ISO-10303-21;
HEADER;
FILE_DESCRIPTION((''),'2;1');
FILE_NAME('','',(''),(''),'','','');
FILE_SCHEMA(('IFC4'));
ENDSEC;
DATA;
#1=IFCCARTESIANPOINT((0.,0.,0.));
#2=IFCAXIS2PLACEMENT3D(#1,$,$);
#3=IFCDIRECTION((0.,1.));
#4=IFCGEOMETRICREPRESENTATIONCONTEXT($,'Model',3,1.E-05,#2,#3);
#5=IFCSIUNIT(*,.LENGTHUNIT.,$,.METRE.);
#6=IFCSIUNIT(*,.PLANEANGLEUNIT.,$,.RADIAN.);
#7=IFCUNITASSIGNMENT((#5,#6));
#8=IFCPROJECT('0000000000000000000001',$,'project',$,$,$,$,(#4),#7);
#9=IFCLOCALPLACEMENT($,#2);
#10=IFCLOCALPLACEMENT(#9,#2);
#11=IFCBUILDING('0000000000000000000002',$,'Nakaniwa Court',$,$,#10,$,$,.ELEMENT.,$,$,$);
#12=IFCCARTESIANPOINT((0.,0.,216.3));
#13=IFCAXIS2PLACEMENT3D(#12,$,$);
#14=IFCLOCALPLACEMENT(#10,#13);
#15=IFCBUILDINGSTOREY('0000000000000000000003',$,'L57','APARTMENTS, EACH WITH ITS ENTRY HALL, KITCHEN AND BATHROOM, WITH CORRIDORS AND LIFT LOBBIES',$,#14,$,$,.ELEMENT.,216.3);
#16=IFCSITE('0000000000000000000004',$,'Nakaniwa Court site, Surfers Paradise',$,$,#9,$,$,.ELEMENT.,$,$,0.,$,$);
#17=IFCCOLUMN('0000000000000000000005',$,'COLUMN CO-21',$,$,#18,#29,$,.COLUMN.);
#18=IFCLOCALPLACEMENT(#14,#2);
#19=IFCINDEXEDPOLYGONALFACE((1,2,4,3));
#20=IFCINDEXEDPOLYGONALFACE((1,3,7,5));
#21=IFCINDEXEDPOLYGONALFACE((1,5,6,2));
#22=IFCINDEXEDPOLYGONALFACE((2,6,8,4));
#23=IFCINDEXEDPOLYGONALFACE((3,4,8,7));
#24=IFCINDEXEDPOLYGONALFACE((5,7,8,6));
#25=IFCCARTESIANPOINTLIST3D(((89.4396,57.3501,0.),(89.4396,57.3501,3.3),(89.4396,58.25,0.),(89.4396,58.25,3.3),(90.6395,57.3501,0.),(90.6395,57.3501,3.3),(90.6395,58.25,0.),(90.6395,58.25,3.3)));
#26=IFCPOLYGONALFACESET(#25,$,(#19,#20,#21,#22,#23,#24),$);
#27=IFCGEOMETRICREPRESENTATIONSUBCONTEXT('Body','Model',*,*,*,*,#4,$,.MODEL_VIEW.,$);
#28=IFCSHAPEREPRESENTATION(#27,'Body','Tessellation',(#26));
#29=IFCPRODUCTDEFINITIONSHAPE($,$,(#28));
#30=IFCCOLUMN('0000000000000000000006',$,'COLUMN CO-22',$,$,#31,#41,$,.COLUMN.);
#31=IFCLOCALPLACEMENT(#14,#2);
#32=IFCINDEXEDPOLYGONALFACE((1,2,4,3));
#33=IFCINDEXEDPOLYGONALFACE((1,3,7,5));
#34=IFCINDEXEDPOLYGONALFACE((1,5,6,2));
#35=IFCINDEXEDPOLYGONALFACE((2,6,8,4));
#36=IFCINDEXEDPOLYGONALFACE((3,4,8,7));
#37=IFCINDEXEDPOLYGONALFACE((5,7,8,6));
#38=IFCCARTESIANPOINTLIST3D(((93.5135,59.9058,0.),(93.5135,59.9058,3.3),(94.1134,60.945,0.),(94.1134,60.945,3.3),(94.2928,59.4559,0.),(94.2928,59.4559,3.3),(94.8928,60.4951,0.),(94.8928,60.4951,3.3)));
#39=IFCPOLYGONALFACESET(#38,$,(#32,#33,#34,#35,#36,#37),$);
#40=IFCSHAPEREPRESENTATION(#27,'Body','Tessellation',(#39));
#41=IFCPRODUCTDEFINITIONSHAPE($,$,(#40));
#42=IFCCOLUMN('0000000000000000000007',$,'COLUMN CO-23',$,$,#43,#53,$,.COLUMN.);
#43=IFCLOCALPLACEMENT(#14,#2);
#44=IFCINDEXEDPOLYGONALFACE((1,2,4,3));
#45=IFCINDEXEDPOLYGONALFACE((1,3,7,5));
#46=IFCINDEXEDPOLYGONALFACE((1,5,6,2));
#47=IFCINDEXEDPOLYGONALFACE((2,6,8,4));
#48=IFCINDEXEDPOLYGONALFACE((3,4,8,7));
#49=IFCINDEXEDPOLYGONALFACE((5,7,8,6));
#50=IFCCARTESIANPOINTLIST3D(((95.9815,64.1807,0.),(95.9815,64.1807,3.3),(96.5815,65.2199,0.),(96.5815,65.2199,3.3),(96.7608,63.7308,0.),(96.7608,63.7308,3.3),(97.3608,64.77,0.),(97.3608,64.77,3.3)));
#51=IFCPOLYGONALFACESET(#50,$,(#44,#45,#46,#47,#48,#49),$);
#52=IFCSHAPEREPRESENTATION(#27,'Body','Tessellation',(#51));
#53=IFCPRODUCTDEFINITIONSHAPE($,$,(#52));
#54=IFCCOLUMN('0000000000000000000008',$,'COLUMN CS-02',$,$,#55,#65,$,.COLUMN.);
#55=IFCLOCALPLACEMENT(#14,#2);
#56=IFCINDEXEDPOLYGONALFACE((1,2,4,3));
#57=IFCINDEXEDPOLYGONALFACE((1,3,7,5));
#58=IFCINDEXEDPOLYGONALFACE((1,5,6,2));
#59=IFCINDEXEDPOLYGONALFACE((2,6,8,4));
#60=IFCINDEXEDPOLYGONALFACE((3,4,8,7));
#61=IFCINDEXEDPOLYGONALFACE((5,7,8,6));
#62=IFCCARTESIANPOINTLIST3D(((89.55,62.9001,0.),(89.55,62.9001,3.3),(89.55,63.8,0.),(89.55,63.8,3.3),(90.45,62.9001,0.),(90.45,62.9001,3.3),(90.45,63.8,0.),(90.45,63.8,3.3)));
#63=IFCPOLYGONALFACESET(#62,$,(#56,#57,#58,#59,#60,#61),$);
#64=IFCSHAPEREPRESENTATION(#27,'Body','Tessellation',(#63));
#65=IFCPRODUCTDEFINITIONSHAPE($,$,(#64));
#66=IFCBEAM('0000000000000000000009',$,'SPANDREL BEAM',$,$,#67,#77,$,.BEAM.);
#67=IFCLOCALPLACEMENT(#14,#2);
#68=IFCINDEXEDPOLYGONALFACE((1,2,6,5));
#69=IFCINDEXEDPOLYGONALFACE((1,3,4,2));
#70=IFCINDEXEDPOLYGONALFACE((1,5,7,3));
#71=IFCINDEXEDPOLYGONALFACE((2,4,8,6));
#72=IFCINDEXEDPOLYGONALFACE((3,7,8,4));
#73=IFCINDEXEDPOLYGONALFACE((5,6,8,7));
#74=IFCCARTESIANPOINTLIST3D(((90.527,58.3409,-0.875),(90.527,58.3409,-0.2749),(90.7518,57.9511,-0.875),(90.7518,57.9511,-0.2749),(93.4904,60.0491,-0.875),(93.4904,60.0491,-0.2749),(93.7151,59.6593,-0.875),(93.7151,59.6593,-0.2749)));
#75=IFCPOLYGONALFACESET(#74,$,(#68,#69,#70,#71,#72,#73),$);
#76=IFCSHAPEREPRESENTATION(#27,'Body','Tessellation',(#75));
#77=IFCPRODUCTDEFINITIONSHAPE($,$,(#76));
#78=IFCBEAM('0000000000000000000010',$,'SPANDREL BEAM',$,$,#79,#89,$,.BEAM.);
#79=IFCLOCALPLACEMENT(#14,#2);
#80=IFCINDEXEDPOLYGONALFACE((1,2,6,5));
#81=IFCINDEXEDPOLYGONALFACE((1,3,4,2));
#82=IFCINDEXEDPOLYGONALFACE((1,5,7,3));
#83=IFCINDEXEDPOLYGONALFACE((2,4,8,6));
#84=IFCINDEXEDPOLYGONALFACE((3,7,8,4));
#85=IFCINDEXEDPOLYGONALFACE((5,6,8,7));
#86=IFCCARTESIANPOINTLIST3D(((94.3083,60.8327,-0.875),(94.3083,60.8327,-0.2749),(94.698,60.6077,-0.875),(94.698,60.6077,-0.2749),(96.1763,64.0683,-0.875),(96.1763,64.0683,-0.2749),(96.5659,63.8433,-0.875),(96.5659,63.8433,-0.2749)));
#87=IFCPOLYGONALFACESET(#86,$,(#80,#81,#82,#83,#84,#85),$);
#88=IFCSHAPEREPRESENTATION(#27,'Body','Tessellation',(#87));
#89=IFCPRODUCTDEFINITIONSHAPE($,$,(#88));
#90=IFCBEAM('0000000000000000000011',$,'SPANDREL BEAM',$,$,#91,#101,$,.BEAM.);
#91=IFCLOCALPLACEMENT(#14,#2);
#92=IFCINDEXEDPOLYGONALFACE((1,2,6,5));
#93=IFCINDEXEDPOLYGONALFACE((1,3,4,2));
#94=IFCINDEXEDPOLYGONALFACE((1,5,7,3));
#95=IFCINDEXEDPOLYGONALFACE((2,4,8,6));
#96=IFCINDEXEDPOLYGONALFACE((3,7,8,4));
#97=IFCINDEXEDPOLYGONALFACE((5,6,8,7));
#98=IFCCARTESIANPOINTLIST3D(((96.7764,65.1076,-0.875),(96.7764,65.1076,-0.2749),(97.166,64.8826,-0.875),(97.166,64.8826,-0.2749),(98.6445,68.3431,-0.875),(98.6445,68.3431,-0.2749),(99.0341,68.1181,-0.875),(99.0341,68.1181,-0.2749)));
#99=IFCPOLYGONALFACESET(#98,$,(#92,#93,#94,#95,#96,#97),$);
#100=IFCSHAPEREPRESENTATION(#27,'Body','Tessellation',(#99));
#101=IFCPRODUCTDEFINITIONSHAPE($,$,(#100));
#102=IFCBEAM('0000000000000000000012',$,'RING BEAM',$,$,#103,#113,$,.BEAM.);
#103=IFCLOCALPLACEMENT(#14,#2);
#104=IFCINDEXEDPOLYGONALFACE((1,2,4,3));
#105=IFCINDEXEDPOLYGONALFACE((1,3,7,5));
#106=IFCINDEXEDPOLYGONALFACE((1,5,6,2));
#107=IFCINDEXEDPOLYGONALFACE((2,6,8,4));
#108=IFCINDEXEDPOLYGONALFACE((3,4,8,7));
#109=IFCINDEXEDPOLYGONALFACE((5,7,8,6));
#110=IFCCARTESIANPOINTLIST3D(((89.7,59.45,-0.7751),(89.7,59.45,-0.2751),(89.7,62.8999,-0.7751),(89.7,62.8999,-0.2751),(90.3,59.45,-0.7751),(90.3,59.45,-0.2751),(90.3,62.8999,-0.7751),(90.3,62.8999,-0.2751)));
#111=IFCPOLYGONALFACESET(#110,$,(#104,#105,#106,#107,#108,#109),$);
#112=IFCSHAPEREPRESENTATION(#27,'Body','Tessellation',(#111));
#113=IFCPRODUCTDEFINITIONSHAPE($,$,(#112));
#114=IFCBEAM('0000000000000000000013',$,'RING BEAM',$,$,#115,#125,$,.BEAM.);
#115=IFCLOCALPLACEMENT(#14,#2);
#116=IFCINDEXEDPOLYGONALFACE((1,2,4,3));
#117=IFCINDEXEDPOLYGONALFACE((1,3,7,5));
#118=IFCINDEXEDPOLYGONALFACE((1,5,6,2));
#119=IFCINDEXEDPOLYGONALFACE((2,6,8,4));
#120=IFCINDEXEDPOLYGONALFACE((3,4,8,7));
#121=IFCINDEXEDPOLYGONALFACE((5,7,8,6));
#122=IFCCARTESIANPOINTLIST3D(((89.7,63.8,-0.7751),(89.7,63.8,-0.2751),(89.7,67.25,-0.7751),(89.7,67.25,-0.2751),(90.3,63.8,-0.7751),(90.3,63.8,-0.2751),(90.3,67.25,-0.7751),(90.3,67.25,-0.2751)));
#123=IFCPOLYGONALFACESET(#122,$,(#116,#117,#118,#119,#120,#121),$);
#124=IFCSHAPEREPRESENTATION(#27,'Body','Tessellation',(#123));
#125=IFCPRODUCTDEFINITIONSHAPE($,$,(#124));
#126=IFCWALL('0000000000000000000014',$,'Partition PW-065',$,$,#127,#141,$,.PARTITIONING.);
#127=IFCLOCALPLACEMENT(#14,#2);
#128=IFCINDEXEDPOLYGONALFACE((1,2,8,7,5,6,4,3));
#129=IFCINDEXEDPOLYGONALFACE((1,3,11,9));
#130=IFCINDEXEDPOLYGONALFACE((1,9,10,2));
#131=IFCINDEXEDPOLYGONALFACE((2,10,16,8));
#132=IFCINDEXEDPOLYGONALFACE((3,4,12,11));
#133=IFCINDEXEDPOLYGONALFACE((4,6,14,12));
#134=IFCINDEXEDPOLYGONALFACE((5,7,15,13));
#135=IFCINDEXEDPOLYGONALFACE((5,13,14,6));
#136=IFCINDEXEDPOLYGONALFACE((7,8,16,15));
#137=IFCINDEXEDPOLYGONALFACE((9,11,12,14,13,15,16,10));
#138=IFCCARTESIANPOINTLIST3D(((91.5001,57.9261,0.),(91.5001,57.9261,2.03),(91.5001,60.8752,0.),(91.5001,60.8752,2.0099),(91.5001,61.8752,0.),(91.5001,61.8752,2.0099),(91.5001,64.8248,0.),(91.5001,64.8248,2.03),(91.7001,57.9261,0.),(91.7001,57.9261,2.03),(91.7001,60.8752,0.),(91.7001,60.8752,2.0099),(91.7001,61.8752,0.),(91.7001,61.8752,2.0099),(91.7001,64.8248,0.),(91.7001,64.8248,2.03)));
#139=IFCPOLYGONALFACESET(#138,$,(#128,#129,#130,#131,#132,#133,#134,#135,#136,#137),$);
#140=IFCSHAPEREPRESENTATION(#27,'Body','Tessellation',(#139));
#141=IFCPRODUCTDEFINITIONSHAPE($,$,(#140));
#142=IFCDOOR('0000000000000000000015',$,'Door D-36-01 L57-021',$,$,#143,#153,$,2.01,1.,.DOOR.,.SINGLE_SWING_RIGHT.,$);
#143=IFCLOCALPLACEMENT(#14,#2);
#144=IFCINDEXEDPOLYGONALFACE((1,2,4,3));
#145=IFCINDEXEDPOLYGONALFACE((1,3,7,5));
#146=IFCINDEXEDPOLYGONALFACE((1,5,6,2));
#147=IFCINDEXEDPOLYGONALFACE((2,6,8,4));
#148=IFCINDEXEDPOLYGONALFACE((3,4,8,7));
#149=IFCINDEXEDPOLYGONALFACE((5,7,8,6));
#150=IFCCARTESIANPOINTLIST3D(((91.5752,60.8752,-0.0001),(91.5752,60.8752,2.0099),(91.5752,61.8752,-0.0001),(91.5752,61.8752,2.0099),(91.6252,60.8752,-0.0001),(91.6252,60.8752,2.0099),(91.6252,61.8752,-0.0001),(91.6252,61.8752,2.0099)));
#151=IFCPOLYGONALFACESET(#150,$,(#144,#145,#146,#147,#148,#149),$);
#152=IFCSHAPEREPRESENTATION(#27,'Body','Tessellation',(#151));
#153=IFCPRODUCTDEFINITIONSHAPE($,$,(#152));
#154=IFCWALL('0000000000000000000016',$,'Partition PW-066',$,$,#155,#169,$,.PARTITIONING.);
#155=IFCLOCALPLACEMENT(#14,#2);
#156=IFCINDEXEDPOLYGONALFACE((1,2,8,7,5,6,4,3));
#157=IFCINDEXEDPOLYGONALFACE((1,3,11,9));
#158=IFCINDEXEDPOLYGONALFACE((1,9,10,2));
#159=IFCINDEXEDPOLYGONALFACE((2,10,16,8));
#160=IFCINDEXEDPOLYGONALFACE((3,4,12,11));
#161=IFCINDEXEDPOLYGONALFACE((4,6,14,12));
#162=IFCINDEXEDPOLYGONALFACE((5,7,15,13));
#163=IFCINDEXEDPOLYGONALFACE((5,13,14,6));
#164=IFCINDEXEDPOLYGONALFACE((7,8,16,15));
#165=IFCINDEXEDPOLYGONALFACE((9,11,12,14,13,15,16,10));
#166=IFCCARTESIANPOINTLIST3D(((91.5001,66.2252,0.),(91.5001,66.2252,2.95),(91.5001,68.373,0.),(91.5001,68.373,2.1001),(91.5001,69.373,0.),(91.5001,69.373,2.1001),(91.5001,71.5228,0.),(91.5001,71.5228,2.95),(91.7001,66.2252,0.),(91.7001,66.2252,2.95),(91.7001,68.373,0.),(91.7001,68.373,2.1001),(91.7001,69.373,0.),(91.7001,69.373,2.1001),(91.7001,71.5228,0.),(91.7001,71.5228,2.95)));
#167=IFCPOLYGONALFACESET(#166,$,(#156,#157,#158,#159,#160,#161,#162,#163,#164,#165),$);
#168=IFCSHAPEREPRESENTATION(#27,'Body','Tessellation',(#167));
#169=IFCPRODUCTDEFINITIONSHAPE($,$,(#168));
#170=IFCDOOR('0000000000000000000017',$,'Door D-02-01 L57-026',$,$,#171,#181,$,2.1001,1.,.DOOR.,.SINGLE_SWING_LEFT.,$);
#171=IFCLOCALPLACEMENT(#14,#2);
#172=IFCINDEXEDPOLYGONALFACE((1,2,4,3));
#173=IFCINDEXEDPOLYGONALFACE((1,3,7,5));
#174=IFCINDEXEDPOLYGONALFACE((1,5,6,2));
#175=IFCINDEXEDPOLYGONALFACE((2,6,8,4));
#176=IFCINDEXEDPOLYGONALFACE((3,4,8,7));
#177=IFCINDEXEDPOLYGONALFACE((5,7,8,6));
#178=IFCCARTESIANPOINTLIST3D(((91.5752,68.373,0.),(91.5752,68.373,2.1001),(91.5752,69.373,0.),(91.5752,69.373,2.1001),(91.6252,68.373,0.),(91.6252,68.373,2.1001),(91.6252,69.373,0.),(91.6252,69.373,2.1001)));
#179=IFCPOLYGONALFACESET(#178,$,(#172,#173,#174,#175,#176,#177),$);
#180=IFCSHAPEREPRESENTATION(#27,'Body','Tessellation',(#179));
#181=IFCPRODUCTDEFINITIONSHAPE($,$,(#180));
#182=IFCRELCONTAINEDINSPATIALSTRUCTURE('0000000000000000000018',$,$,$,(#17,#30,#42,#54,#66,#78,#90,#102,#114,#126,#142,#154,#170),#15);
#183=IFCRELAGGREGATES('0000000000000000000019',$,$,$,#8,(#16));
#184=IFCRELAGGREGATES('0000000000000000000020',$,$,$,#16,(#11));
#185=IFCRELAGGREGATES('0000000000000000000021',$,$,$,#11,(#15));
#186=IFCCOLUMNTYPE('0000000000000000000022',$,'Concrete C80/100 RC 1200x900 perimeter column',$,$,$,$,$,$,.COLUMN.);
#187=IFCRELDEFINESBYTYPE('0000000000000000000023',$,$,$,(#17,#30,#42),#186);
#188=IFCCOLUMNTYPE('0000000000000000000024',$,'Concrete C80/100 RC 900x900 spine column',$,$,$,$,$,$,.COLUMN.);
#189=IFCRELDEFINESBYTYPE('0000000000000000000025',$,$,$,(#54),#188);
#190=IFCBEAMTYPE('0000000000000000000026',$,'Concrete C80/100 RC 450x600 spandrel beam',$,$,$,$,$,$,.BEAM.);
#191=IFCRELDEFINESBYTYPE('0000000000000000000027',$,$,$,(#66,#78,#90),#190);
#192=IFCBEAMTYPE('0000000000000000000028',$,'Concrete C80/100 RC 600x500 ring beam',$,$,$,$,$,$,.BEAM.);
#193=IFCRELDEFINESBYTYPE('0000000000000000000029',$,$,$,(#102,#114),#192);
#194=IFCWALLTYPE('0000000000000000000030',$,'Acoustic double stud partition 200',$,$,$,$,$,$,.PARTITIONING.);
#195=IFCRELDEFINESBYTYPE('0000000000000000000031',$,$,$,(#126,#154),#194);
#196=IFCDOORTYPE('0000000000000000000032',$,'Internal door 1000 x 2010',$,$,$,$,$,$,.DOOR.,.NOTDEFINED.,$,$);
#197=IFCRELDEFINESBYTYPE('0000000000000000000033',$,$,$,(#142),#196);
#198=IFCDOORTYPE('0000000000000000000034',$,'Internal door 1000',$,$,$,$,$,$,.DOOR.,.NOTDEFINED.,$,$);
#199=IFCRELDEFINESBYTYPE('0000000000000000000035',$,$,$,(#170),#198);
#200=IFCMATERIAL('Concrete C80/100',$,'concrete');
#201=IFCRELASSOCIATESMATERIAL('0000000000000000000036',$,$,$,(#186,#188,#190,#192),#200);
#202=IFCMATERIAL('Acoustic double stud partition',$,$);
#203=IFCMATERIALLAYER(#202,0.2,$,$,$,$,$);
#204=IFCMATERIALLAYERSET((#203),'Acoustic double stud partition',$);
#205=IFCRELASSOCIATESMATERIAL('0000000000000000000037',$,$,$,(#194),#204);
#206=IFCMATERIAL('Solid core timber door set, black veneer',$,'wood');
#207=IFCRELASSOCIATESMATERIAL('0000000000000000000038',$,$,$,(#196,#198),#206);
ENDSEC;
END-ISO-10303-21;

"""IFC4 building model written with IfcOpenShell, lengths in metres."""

from ifc_helpers import new_model, si_unit, direction, frame, frame_2d, origin, origin_2d, place, context, subcontext, project, spatial, rectangle, extrude, material, layer, layer_set, material_profile, profile_set, type_object, element, fill, save


model = new_model("IFC4")

# Units and contexts
model_context = context("Model", 3, precision=1e-05, world=origin(), true_north=direction((0.0, 1.0)))
body_context = subcontext(model_context, "Body", "Model", "MODEL_VIEW")
ifc_project = project(units=[si_unit("LENGTHUNIT", "METRE"), si_unit("PLANEANGLEUNIT", "RADIAN")], contexts=[model_context])

# Site, building, storey
site_placement = place(None, origin())
site = spatial("IfcSite", under=ifc_project, at=site_placement, Name="Nakaniwa Court site, Surfers Paradise", CompositionType="ELEMENT", RefElevation=0.0)
building_placement = place(site_placement, origin())
building = spatial("IfcBuilding", under=site, at=building_placement, Name="Nakaniwa Court", CompositionType="ELEMENT")
storey_placement = place(building_placement, frame((0.0, 0.0, 216.3)))
storey = spatial("IfcBuildingStorey", under=building, at=storey_placement, Name="L57", Description="APARTMENTS, EACH WITH ITS ENTRY HALL, KITCHEN AND BATHROOM, WITH CORRIDORS AND LIFT LOBBIES", CompositionType="ELEMENT", Elevation=216.3)

# Columns
ifc_material_1 = material(Name="Concrete C80/100", Category="concrete")
ifc_material_profile_1 = material_profile(ifc_material_1, rectangle(XDim=1.2, YDim=0.8999, at=origin_2d()), Name="Concrete C80/100 RC 1200x900 perimeter column")
ifc_profile_set_1 = profile_set([ifc_material_profile_1], Name="Concrete C80/100")
column_type_1 = type_object("IfcColumnType", Name="Concrete C80/100 RC 1200x900 perimeter column", PredefinedType="COLUMN", material=ifc_profile_set_1)
for number, where, z_axis, x_axis, name in (
    (1, (90.0396, 57.8, 0.0), (0.0, 0.0, 1.0), (1.0, 0.0, 0.0), "COLUMN CO-21"),
    (2, (94.2031, 60.2004, 0.0), (0.0, 0.0, 1.0), (0.5, 0.866025, 0.0), "COLUMN CO-22"),
    (3, (96.6711, 64.4753, 0.0), (0.0, 0.0, 1.0), (0.5, 0.866025, 0.0), "COLUMN CO-23"),
):
    element("IfcColumn", number, at=place(storey_placement, frame(where, z_axis=z_axis, x_axis=x_axis)), inside=storey, type_object=column_type_1, Name=name, PredefinedType="COLUMN", context=body_context, shape_type="SweptSolid", body=[
        extrude(rectangle(XDim=1.2, YDim=0.8999, at=origin_2d()), origin(), (0.0, 0.0, 1.0), 3.3),
    ])
ifc_material_profile_2 = material_profile(ifc_material_1, rectangle(XDim=0.8999, YDim=0.8999, at=origin_2d()), Name="Concrete C80/100 RC 900x900 spine column")
ifc_profile_set_2 = profile_set([ifc_material_profile_2], Name="Concrete C80/100")
column_type_2 = type_object("IfcColumnType", Name="Concrete C80/100 RC 900x900 spine column", PredefinedType="COLUMN", material=ifc_profile_set_2)
column_placement = place(storey_placement, frame((90.0, 63.3501, 0.0), z_axis=(0.0, 0.0, 1.0), x_axis=(0.0, 1.0, 0.0)))
element("IfcColumn", 4, at=column_placement, inside=storey, type_object=column_type_2, Name="COLUMN CS-02", PredefinedType="COLUMN", context=body_context, shape_type="SweptSolid", body=[
    extrude(rectangle(XDim=0.8999, YDim=0.8999, at=origin_2d()), origin(), (0.0, 0.0, 1.0), 3.3),
])

# Beams
ifc_material_profile_3 = material_profile(ifc_material_1, rectangle(XDim=0.45, YDim=0.6001, at=origin_2d()), Name="Concrete C80/100 RC 450x600 spandrel beam")
ifc_profile_set_3 = profile_set([ifc_material_profile_3], Name="Concrete C80/100")
beam_type_1 = type_object("IfcBeamType", Name="Concrete C80/100 RC 450x600 spandrel beam", PredefinedType="BEAM", material=ifc_profile_set_3)
beam_placement = place(storey_placement, frame((90.6394, 58.146, -0.575), z_axis=(0.866361, 0.499418, 0.0), x_axis=(-0.499418, 0.866361, 0.0)))
element("IfcBeam", 5, at=beam_placement, inside=storey, type_object=beam_type_1, Name="SPANDREL BEAM", PredefinedType="BEAM", context=body_context, shape_type="SweptSolid", body=[
    extrude(rectangle(XDim=0.45, YDim=0.6001, at=origin_2d()), origin(), (0.0, 0.0, 1.0), 3.4204),
])
for number, where, z_axis, x_axis, name in (
    (6, (94.5032, 60.7202, -0.575), (0.499969, 0.866043, 0.0), (-0.866043, 0.499969, 0.0), "SPANDREL BEAM"),
    (7, (96.9712, 64.9951, -0.575), (0.500018, 0.866015, 0.0), (-0.866015, 0.500018, 0.0), "SPANDREL BEAM"),
):
    element("IfcBeam", number, at=place(storey_placement, frame(where, z_axis=z_axis, x_axis=x_axis)), inside=storey, type_object=beam_type_1, Name=name, PredefinedType="BEAM", context=body_context, shape_type="SweptSolid", body=[
        extrude(rectangle(XDim=0.45, YDim=0.6001, at=origin_2d()), origin(), (0.0, 0.0, 1.0), 3.7361),
    ])
ifc_material_profile_4 = material_profile(ifc_material_1, rectangle(XDim=0.6001, YDim=0.5, at=origin_2d()), Name="Concrete C80/100 RC 600x500 ring beam")
ifc_profile_set_4 = profile_set([ifc_material_profile_4], Name="Concrete C80/100")
beam_type_2 = type_object("IfcBeamType", Name="Concrete C80/100 RC 600x500 ring beam", PredefinedType="BEAM", material=ifc_profile_set_4)
for number, where, z_axis, x_axis, name in (
    (8, (90.0, 59.45, -0.5251), (0.0, 1.0, 0.0), (-1.0, 0.0, 0.0), "RING BEAM"),
    (9, (90.0, 63.8, -0.5251), (0.0, 1.0, 0.0), (-1.0, 0.0, 0.0), "RING BEAM"),
):
    element("IfcBeam", number, at=place(storey_placement, frame(where, z_axis=z_axis, x_axis=x_axis)), inside=storey, type_object=beam_type_2, Name=name, PredefinedType="BEAM", context=body_context, shape_type="SweptSolid", body=[
        extrude(rectangle(XDim=0.6001, YDim=0.5, at=origin_2d()), origin(), (0.0, 0.0, 1.0), 3.45),
    ])

# Walls, openings, doors
ifc_material_2 = material(Name="Acoustic double stud partition")
ifc_layer_1 = layer(ifc_material_2, 0.2)
ifc_layer_set_1 = layer_set([ifc_layer_1], Name="Acoustic double stud partition")
wall_type_1 = type_object("IfcWallType", Name="Acoustic double stud partition 200", PredefinedType="PARTITIONING", material=ifc_layer_set_1)
wall_1_placement = place(storey_placement, frame((91.6001, 57.9263, 0.0), z_axis=(0.0, 0.0, 1.0), x_axis=(0.0, 1.0, 0.0)))
wall_1 = element("IfcWall", 10, at=wall_1_placement, inside=storey, type_object=wall_type_1, Name="Partition PW-065", PredefinedType="PARTITIONING", context=body_context, shape_type="SweptSolid", body=[
    extrude(rectangle(XDim=6.8987, YDim=0.2, at=frame_2d((3.4492, 0.0))), origin(), (0.0, 0.0, 1.0), 2.03),
])
opening_1_placement = place(wall_1_placement, frame((2.949, 0.0, 0.0)))
opening_1 = element("IfcOpeningElement", 11, at=opening_1_placement, cuts=wall_1, PredefinedType="OPENING", context=body_context, shape_type="SweptSolid", body=[
    extrude(rectangle(XDim=1.0, YDim=2.01, at=frame_2d((0.5, 1.0049))), frame((0.0, 0.1099, 0.0), z_axis=(0.0, -1.0, 0.0), x_axis=(1.0, 0.0, 0.0)), (0.0, 0.0, 1.0), 0.22),
])
ifc_material_3 = material(Name="Solid core timber door set, black veneer", Category="wood")
door_type_1 = type_object("IfcDoorType", Name="Internal door 1000 x 2010", OperationType="NOTDEFINED", PredefinedType="DOOR", material=ifc_material_3)
door_1_placement = place(opening_1_placement, origin())
door_1 = element("IfcDoor", 12, at=door_1_placement, inside=storey, type_object=door_type_1, Name="Door D-36-01 L57-021", OperationType="SINGLE_SWING_RIGHT", OverallHeight=2.01, OverallWidth=1.0, PredefinedType="DOOR", context=body_context, shape_type="SweptSolid", body=[
    extrude(rectangle(XDim=1.0, YDim=2.01, at=frame_2d((0.5, 1.0049))), frame((0.0, 0.0249, 0.0), z_axis=(0.0, -1.0, 0.0), x_axis=(1.0, 0.0, 0.0)), (0.0, 0.0, 1.0), 0.05),
])
fill(opening_1, door_1)
wall_2_placement = place(storey_placement, frame((91.6001, 66.2251, 0.0), z_axis=(0.0, 0.0, 1.0), x_axis=(0.0, 1.0, 0.0)))
wall_2 = element("IfcWall", 13, at=wall_2_placement, inside=storey, type_object=wall_type_1, Name="Partition PW-066", PredefinedType="PARTITIONING", context=body_context, shape_type="SweptSolid", body=[
    extrude(rectangle(XDim=5.2976, YDim=0.2, at=frame_2d((2.6489, 0.0))), origin(), (0.0, 0.0, 1.0), 2.95),
])
opening_2_placement = place(wall_2_placement, frame((2.1479, 0.0, 0.0)))
opening_2 = element("IfcOpeningElement", 14, at=opening_2_placement, cuts=wall_2, PredefinedType="OPENING", context=body_context, shape_type="SweptSolid", body=[
    extrude(rectangle(XDim=1.0, YDim=2.1001, at=frame_2d((0.5, 1.05))), frame((0.0, 0.1099, 0.0), z_axis=(0.0, -1.0, 0.0), x_axis=(1.0, 0.0, 0.0)), (0.0, 0.0, 1.0), 0.22),
])
door_type_2 = type_object("IfcDoorType", Name="Internal door 1000", OperationType="NOTDEFINED", PredefinedType="DOOR", material=ifc_material_3)
door_2_placement = place(opening_2_placement, origin())
door_2 = element("IfcDoor", 15, at=door_2_placement, inside=storey, type_object=door_type_2, Name="Door D-02-01 L57-026", OperationType="SINGLE_SWING_LEFT", OverallHeight=2.1001, OverallWidth=1.0, PredefinedType="DOOR", context=body_context, shape_type="SweptSolid", body=[
    extrude(rectangle(XDim=1.0, YDim=2.1001, at=frame_2d((0.5, 1.05))), frame((0.0, 0.0249, 0.0), z_axis=(0.0, -1.0, 0.0), x_axis=(1.0, 0.0, 0.0)), (0.0, 0.0, 1.0), 0.05),
])
fill(opening_2, door_2)

save(model, "model.ifc")
